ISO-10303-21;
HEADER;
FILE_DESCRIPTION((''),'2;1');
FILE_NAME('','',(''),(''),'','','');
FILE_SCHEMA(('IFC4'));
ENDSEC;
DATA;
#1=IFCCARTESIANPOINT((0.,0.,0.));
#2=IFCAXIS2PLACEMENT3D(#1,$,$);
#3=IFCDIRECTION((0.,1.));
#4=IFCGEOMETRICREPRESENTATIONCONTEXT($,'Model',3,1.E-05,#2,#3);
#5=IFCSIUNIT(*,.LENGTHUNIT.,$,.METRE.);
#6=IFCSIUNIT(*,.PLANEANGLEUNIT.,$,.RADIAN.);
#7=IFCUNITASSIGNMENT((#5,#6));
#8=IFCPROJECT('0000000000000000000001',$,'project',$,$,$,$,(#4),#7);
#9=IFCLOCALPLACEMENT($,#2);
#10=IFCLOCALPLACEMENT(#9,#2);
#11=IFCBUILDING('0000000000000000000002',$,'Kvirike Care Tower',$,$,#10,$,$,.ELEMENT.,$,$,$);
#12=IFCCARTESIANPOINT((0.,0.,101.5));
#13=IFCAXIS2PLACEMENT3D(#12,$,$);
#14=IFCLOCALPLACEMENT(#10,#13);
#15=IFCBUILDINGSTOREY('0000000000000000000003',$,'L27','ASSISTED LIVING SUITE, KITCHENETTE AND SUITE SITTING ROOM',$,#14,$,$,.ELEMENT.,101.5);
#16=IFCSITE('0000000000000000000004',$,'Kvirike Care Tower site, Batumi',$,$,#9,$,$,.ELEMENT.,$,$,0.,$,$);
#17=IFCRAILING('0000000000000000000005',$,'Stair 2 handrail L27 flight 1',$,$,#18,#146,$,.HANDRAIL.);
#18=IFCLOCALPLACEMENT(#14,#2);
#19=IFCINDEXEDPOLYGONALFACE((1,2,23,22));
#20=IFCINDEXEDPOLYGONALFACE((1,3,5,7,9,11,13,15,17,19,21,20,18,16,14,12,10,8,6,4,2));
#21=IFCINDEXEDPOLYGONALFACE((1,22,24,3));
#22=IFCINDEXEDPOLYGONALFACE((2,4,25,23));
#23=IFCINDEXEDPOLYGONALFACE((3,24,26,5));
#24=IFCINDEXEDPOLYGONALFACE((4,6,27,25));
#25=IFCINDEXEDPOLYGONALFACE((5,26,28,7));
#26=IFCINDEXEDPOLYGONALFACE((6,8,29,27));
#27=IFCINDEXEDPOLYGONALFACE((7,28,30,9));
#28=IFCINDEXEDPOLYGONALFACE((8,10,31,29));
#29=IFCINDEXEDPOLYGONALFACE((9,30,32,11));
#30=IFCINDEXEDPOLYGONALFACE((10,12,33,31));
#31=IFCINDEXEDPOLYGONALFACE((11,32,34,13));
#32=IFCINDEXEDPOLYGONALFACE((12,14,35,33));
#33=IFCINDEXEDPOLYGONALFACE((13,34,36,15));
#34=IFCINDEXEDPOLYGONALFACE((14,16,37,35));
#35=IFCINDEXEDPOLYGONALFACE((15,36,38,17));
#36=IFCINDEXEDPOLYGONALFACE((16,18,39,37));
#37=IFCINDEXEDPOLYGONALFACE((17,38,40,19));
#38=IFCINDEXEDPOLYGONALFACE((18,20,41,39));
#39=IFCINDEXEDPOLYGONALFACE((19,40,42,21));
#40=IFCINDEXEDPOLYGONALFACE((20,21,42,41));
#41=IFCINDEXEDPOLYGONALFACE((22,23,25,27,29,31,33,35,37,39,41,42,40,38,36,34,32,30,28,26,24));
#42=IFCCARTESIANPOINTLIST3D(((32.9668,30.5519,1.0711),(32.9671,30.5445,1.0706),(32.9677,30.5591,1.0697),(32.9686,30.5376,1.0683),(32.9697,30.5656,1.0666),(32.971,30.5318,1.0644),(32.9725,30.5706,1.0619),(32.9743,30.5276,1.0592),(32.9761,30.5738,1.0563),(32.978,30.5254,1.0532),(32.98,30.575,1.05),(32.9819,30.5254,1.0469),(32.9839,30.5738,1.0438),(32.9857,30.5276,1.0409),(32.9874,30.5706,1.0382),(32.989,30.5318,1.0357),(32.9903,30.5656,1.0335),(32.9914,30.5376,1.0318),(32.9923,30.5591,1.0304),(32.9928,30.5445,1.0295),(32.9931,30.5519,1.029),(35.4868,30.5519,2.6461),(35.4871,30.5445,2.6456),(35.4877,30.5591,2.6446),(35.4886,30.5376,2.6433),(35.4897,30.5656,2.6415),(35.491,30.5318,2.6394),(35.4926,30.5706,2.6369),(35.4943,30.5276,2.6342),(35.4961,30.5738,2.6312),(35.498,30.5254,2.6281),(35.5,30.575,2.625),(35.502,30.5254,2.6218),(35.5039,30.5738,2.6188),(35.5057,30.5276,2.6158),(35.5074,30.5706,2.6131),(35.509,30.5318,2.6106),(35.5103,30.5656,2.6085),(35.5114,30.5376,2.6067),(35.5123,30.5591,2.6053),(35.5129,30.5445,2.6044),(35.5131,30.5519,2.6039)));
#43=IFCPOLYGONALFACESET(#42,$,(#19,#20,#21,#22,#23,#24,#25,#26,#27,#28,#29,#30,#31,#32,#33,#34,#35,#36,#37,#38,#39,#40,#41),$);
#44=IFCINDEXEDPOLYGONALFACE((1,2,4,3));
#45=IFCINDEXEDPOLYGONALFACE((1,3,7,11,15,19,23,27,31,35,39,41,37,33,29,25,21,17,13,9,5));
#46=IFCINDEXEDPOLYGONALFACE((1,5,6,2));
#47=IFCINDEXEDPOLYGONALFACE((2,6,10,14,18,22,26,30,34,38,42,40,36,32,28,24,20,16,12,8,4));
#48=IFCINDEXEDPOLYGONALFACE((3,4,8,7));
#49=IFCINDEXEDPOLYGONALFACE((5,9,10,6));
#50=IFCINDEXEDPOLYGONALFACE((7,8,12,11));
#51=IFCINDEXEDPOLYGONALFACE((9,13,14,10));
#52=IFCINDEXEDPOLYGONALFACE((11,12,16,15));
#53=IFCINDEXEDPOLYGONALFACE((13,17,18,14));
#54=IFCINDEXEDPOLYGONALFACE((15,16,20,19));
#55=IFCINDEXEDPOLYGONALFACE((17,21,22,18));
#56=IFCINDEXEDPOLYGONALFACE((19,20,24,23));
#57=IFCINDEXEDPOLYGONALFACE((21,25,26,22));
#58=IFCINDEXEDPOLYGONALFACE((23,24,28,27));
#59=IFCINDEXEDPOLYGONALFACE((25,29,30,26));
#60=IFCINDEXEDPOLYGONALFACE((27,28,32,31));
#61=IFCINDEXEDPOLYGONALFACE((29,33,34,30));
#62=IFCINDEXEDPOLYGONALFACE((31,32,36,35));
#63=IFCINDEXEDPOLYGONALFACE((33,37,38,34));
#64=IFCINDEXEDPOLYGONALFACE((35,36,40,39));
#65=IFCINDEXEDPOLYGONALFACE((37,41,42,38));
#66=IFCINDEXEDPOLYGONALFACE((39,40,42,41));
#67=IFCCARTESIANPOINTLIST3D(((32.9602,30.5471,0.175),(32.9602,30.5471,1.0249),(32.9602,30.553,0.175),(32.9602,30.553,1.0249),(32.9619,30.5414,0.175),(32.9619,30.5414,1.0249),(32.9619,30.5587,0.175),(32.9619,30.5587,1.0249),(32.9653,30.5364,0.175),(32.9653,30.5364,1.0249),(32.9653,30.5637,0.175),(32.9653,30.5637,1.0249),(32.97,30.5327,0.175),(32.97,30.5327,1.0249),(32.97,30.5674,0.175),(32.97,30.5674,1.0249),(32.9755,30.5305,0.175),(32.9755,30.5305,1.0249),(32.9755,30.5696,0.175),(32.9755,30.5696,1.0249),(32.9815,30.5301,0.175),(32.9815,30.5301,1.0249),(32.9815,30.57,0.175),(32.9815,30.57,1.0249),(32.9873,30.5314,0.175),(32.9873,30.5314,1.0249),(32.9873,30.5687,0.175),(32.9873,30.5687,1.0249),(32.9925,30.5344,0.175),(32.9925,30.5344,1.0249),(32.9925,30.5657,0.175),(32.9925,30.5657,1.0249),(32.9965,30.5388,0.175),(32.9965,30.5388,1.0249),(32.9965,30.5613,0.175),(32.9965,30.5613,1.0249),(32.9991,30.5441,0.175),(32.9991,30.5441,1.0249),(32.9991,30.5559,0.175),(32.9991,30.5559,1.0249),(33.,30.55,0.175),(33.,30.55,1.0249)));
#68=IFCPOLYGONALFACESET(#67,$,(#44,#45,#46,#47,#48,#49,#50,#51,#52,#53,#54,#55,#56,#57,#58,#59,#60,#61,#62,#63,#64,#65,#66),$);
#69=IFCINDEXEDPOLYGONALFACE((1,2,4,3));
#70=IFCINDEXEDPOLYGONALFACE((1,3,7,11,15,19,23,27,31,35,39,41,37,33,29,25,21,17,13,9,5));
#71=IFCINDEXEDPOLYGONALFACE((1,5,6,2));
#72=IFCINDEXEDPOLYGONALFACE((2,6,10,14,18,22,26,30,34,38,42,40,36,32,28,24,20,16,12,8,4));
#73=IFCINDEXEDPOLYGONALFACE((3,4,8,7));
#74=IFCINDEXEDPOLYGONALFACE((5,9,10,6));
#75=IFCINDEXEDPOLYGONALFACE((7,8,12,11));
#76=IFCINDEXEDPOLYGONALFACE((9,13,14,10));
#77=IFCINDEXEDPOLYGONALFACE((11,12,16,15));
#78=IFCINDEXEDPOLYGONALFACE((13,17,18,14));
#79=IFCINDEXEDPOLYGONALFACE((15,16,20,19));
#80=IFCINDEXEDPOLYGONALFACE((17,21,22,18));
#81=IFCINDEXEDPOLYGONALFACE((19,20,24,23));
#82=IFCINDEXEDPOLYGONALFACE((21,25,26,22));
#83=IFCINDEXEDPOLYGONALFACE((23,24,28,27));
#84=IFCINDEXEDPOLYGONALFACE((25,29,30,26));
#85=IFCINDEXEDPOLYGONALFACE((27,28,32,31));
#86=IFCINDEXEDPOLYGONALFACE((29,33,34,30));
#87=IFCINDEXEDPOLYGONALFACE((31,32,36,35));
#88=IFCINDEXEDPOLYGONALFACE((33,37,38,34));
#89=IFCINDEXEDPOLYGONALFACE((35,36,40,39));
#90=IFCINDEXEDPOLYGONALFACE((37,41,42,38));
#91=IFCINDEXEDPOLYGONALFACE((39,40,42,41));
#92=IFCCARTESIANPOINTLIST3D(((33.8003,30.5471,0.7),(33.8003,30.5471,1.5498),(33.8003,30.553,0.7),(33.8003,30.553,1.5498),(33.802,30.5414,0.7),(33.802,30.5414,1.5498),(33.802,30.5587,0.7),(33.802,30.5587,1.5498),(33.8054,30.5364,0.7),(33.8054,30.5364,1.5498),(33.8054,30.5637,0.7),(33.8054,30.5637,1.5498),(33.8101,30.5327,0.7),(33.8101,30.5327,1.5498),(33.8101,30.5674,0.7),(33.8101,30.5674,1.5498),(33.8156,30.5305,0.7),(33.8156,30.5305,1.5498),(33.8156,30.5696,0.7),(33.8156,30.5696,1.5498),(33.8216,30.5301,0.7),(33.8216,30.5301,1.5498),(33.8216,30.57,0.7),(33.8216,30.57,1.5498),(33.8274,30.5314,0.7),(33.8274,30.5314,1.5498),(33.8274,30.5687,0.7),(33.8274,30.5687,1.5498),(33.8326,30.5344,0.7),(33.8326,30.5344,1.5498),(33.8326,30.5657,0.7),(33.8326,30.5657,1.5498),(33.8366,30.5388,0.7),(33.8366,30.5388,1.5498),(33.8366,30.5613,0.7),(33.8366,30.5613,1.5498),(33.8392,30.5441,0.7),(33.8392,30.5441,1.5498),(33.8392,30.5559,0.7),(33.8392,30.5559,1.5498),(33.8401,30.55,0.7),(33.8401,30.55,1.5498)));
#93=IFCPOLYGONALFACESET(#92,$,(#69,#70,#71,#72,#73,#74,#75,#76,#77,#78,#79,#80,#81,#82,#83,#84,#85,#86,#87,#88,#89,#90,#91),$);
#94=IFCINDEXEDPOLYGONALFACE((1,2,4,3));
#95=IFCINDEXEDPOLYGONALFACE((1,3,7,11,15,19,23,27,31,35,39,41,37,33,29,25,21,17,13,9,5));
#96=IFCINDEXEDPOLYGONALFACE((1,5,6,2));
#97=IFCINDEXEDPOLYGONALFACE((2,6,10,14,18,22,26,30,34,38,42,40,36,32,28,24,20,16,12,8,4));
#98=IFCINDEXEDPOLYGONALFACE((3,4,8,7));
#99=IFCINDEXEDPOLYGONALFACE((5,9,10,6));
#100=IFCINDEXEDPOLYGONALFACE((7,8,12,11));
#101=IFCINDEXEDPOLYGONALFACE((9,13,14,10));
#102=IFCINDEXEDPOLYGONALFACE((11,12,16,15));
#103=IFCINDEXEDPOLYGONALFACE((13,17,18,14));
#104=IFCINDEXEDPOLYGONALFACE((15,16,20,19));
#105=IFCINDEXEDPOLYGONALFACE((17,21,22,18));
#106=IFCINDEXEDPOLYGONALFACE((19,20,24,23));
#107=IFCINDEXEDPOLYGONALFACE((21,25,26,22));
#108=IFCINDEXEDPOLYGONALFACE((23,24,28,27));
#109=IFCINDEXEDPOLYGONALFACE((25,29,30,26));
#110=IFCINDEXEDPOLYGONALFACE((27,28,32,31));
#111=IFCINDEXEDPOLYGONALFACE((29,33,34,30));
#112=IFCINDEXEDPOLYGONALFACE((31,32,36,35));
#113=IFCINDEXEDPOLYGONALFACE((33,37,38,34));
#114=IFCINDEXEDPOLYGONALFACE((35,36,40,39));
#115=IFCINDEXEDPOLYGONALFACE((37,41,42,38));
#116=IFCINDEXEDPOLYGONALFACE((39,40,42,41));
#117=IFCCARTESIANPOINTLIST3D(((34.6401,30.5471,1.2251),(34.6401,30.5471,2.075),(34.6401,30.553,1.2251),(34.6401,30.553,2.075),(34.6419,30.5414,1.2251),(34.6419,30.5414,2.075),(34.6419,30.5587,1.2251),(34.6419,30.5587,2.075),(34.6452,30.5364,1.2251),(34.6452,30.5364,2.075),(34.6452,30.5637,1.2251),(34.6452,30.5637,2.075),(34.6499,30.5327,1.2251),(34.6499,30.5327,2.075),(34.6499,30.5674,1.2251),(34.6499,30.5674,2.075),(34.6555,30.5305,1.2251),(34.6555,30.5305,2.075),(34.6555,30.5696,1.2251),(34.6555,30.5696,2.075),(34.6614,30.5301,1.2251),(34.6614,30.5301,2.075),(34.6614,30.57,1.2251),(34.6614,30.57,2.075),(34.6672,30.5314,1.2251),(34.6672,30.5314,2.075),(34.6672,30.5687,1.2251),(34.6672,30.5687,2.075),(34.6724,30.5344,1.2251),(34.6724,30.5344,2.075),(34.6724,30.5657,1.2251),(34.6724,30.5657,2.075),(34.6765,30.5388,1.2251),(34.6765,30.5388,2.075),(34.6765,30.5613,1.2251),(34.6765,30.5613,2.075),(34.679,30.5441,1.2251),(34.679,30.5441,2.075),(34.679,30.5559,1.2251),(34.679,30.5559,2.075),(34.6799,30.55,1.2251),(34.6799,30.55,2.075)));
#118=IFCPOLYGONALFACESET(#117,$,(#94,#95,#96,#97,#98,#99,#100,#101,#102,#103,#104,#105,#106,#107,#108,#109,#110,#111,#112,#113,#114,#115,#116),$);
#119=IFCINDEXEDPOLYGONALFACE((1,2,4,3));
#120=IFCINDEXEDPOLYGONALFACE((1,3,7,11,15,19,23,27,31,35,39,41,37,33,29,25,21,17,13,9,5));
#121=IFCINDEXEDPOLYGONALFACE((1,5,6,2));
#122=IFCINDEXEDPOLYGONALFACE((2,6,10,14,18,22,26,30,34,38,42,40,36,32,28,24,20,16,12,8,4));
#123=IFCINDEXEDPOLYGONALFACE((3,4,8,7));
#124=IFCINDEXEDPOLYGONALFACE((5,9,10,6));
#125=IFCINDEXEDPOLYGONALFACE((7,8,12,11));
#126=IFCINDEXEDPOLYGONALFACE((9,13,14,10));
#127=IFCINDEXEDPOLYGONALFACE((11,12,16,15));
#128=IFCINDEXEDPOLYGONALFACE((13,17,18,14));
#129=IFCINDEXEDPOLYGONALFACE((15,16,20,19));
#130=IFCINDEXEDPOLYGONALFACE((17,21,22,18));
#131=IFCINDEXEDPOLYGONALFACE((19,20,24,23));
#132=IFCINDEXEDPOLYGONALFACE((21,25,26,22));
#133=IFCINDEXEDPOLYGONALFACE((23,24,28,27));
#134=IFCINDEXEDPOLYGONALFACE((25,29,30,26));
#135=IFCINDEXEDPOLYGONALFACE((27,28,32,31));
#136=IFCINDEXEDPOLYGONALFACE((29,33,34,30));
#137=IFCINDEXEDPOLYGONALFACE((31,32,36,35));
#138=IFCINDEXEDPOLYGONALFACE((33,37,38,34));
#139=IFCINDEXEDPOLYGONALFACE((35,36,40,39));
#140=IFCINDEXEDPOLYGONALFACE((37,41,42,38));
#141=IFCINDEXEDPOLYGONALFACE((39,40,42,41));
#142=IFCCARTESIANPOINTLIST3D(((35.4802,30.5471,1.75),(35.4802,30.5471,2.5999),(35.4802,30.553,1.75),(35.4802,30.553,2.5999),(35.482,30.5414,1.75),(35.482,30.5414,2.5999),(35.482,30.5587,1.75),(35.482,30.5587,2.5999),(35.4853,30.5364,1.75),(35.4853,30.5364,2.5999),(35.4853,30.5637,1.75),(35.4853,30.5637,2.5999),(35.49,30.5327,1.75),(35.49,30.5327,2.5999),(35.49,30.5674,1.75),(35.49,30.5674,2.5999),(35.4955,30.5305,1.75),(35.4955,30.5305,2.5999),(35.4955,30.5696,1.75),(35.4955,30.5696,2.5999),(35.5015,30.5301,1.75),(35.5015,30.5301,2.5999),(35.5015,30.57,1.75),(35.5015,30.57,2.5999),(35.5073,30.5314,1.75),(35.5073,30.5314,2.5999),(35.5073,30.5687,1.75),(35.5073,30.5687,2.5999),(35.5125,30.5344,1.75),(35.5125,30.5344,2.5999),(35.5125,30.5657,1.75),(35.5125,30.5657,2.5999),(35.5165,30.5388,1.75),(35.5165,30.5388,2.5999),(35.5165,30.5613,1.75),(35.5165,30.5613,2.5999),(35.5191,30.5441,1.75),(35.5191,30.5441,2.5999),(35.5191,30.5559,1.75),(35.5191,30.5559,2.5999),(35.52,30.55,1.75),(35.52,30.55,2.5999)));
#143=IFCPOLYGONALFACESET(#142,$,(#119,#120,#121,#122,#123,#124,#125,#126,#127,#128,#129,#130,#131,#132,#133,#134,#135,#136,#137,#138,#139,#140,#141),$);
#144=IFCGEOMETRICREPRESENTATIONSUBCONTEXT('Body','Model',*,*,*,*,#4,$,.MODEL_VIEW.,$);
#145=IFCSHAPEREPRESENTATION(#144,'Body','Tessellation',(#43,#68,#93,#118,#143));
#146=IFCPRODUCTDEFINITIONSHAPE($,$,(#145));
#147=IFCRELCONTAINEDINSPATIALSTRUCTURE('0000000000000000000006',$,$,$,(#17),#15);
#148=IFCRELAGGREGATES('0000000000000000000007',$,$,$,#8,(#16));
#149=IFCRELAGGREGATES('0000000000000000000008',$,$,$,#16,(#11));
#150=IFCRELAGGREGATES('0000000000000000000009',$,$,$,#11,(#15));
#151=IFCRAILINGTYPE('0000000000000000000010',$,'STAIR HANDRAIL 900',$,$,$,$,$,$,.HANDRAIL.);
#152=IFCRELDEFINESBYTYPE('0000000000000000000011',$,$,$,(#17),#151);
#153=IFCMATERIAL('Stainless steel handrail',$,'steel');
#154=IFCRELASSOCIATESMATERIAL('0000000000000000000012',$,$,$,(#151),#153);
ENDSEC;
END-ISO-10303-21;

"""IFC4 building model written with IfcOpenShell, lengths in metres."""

from ifc_helpers import new_model, si_unit, direction, frame, origin, origin_2d, place, context, subcontext, project, spatial, circle, extrude, material, type_object, element, save


model = new_model("IFC4")

# Units and contexts
model_context = context("Model", 3, precision=1e-05, world=origin(), true_north=direction((0.0, 1.0)))
body_context = subcontext(model_context, "Body", "Model", "MODEL_VIEW")
ifc_project = project(units=[si_unit("LENGTHUNIT", "METRE"), si_unit("PLANEANGLEUNIT", "RADIAN")], contexts=[model_context])

# Site, building, storey
site_placement = place(None, origin())
site = spatial("IfcSite", under=ifc_project, at=site_placement, Name="Kvirike Care Tower site, Batumi", CompositionType="ELEMENT", RefElevation=0.0)
building_placement = place(site_placement, origin())
building = spatial("IfcBuilding", under=site, at=building_placement, Name="Kvirike Care Tower", CompositionType="ELEMENT")
storey_placement = place(building_placement, frame((0.0, 0.0, 101.5)))
storey = spatial("IfcBuildingStorey", under=building, at=storey_placement, Name="L27", Description="ASSISTED LIVING SUITE, KITCHENETTE AND SUITE SITTING ROOM", CompositionType="ELEMENT", Elevation=101.5)

# Railing
ifc_material_1 = material(Name="Stainless steel handrail", Category="steel")
railing_type = type_object("IfcRailingType", Name="STAIR HANDRAIL 900", PredefinedType="HANDRAIL", material=ifc_material_1)
railing_1_placement = place(storey_placement, frame((32.98, 30.55, 0.175)))
element("IfcRailing", 1, at=railing_1_placement, inside=storey, type_object=railing_type, Name="Stair 2 handrail L27 flight 1", PredefinedType="HANDRAIL", context=body_context, shape_type="SweptSolid", body=[
    extrude(circle(Radius=0.0249, at=origin_2d()), frame((0.0, 0.0, 0.875), z_axis=(0.848008, 0.0, 0.529984), x_axis=(0.0, 1.0, 0.0)), (0.0, 0.0, 1.0), 2.9717),
    extrude(circle(Radius=0.02, at=origin_2d()), origin(), (0.0, 0.0, 1.0), 0.8499),
    extrude(circle(Radius=0.02, at=origin_2d()), frame((0.8401, 0.0, 0.5249)), (0.0, 0.0, 1.0), 0.8499),
    extrude(circle(Radius=0.02, at=origin_2d()), frame((1.6799, 0.0, 1.05)), (0.0, 0.0, 1.0), 0.8499),
    extrude(circle(Radius=0.02, at=origin_2d()), frame((2.52, 0.0, 1.575)), (0.0, 0.0, 1.0), 0.8499),
])

save(model, "model.ifc")
